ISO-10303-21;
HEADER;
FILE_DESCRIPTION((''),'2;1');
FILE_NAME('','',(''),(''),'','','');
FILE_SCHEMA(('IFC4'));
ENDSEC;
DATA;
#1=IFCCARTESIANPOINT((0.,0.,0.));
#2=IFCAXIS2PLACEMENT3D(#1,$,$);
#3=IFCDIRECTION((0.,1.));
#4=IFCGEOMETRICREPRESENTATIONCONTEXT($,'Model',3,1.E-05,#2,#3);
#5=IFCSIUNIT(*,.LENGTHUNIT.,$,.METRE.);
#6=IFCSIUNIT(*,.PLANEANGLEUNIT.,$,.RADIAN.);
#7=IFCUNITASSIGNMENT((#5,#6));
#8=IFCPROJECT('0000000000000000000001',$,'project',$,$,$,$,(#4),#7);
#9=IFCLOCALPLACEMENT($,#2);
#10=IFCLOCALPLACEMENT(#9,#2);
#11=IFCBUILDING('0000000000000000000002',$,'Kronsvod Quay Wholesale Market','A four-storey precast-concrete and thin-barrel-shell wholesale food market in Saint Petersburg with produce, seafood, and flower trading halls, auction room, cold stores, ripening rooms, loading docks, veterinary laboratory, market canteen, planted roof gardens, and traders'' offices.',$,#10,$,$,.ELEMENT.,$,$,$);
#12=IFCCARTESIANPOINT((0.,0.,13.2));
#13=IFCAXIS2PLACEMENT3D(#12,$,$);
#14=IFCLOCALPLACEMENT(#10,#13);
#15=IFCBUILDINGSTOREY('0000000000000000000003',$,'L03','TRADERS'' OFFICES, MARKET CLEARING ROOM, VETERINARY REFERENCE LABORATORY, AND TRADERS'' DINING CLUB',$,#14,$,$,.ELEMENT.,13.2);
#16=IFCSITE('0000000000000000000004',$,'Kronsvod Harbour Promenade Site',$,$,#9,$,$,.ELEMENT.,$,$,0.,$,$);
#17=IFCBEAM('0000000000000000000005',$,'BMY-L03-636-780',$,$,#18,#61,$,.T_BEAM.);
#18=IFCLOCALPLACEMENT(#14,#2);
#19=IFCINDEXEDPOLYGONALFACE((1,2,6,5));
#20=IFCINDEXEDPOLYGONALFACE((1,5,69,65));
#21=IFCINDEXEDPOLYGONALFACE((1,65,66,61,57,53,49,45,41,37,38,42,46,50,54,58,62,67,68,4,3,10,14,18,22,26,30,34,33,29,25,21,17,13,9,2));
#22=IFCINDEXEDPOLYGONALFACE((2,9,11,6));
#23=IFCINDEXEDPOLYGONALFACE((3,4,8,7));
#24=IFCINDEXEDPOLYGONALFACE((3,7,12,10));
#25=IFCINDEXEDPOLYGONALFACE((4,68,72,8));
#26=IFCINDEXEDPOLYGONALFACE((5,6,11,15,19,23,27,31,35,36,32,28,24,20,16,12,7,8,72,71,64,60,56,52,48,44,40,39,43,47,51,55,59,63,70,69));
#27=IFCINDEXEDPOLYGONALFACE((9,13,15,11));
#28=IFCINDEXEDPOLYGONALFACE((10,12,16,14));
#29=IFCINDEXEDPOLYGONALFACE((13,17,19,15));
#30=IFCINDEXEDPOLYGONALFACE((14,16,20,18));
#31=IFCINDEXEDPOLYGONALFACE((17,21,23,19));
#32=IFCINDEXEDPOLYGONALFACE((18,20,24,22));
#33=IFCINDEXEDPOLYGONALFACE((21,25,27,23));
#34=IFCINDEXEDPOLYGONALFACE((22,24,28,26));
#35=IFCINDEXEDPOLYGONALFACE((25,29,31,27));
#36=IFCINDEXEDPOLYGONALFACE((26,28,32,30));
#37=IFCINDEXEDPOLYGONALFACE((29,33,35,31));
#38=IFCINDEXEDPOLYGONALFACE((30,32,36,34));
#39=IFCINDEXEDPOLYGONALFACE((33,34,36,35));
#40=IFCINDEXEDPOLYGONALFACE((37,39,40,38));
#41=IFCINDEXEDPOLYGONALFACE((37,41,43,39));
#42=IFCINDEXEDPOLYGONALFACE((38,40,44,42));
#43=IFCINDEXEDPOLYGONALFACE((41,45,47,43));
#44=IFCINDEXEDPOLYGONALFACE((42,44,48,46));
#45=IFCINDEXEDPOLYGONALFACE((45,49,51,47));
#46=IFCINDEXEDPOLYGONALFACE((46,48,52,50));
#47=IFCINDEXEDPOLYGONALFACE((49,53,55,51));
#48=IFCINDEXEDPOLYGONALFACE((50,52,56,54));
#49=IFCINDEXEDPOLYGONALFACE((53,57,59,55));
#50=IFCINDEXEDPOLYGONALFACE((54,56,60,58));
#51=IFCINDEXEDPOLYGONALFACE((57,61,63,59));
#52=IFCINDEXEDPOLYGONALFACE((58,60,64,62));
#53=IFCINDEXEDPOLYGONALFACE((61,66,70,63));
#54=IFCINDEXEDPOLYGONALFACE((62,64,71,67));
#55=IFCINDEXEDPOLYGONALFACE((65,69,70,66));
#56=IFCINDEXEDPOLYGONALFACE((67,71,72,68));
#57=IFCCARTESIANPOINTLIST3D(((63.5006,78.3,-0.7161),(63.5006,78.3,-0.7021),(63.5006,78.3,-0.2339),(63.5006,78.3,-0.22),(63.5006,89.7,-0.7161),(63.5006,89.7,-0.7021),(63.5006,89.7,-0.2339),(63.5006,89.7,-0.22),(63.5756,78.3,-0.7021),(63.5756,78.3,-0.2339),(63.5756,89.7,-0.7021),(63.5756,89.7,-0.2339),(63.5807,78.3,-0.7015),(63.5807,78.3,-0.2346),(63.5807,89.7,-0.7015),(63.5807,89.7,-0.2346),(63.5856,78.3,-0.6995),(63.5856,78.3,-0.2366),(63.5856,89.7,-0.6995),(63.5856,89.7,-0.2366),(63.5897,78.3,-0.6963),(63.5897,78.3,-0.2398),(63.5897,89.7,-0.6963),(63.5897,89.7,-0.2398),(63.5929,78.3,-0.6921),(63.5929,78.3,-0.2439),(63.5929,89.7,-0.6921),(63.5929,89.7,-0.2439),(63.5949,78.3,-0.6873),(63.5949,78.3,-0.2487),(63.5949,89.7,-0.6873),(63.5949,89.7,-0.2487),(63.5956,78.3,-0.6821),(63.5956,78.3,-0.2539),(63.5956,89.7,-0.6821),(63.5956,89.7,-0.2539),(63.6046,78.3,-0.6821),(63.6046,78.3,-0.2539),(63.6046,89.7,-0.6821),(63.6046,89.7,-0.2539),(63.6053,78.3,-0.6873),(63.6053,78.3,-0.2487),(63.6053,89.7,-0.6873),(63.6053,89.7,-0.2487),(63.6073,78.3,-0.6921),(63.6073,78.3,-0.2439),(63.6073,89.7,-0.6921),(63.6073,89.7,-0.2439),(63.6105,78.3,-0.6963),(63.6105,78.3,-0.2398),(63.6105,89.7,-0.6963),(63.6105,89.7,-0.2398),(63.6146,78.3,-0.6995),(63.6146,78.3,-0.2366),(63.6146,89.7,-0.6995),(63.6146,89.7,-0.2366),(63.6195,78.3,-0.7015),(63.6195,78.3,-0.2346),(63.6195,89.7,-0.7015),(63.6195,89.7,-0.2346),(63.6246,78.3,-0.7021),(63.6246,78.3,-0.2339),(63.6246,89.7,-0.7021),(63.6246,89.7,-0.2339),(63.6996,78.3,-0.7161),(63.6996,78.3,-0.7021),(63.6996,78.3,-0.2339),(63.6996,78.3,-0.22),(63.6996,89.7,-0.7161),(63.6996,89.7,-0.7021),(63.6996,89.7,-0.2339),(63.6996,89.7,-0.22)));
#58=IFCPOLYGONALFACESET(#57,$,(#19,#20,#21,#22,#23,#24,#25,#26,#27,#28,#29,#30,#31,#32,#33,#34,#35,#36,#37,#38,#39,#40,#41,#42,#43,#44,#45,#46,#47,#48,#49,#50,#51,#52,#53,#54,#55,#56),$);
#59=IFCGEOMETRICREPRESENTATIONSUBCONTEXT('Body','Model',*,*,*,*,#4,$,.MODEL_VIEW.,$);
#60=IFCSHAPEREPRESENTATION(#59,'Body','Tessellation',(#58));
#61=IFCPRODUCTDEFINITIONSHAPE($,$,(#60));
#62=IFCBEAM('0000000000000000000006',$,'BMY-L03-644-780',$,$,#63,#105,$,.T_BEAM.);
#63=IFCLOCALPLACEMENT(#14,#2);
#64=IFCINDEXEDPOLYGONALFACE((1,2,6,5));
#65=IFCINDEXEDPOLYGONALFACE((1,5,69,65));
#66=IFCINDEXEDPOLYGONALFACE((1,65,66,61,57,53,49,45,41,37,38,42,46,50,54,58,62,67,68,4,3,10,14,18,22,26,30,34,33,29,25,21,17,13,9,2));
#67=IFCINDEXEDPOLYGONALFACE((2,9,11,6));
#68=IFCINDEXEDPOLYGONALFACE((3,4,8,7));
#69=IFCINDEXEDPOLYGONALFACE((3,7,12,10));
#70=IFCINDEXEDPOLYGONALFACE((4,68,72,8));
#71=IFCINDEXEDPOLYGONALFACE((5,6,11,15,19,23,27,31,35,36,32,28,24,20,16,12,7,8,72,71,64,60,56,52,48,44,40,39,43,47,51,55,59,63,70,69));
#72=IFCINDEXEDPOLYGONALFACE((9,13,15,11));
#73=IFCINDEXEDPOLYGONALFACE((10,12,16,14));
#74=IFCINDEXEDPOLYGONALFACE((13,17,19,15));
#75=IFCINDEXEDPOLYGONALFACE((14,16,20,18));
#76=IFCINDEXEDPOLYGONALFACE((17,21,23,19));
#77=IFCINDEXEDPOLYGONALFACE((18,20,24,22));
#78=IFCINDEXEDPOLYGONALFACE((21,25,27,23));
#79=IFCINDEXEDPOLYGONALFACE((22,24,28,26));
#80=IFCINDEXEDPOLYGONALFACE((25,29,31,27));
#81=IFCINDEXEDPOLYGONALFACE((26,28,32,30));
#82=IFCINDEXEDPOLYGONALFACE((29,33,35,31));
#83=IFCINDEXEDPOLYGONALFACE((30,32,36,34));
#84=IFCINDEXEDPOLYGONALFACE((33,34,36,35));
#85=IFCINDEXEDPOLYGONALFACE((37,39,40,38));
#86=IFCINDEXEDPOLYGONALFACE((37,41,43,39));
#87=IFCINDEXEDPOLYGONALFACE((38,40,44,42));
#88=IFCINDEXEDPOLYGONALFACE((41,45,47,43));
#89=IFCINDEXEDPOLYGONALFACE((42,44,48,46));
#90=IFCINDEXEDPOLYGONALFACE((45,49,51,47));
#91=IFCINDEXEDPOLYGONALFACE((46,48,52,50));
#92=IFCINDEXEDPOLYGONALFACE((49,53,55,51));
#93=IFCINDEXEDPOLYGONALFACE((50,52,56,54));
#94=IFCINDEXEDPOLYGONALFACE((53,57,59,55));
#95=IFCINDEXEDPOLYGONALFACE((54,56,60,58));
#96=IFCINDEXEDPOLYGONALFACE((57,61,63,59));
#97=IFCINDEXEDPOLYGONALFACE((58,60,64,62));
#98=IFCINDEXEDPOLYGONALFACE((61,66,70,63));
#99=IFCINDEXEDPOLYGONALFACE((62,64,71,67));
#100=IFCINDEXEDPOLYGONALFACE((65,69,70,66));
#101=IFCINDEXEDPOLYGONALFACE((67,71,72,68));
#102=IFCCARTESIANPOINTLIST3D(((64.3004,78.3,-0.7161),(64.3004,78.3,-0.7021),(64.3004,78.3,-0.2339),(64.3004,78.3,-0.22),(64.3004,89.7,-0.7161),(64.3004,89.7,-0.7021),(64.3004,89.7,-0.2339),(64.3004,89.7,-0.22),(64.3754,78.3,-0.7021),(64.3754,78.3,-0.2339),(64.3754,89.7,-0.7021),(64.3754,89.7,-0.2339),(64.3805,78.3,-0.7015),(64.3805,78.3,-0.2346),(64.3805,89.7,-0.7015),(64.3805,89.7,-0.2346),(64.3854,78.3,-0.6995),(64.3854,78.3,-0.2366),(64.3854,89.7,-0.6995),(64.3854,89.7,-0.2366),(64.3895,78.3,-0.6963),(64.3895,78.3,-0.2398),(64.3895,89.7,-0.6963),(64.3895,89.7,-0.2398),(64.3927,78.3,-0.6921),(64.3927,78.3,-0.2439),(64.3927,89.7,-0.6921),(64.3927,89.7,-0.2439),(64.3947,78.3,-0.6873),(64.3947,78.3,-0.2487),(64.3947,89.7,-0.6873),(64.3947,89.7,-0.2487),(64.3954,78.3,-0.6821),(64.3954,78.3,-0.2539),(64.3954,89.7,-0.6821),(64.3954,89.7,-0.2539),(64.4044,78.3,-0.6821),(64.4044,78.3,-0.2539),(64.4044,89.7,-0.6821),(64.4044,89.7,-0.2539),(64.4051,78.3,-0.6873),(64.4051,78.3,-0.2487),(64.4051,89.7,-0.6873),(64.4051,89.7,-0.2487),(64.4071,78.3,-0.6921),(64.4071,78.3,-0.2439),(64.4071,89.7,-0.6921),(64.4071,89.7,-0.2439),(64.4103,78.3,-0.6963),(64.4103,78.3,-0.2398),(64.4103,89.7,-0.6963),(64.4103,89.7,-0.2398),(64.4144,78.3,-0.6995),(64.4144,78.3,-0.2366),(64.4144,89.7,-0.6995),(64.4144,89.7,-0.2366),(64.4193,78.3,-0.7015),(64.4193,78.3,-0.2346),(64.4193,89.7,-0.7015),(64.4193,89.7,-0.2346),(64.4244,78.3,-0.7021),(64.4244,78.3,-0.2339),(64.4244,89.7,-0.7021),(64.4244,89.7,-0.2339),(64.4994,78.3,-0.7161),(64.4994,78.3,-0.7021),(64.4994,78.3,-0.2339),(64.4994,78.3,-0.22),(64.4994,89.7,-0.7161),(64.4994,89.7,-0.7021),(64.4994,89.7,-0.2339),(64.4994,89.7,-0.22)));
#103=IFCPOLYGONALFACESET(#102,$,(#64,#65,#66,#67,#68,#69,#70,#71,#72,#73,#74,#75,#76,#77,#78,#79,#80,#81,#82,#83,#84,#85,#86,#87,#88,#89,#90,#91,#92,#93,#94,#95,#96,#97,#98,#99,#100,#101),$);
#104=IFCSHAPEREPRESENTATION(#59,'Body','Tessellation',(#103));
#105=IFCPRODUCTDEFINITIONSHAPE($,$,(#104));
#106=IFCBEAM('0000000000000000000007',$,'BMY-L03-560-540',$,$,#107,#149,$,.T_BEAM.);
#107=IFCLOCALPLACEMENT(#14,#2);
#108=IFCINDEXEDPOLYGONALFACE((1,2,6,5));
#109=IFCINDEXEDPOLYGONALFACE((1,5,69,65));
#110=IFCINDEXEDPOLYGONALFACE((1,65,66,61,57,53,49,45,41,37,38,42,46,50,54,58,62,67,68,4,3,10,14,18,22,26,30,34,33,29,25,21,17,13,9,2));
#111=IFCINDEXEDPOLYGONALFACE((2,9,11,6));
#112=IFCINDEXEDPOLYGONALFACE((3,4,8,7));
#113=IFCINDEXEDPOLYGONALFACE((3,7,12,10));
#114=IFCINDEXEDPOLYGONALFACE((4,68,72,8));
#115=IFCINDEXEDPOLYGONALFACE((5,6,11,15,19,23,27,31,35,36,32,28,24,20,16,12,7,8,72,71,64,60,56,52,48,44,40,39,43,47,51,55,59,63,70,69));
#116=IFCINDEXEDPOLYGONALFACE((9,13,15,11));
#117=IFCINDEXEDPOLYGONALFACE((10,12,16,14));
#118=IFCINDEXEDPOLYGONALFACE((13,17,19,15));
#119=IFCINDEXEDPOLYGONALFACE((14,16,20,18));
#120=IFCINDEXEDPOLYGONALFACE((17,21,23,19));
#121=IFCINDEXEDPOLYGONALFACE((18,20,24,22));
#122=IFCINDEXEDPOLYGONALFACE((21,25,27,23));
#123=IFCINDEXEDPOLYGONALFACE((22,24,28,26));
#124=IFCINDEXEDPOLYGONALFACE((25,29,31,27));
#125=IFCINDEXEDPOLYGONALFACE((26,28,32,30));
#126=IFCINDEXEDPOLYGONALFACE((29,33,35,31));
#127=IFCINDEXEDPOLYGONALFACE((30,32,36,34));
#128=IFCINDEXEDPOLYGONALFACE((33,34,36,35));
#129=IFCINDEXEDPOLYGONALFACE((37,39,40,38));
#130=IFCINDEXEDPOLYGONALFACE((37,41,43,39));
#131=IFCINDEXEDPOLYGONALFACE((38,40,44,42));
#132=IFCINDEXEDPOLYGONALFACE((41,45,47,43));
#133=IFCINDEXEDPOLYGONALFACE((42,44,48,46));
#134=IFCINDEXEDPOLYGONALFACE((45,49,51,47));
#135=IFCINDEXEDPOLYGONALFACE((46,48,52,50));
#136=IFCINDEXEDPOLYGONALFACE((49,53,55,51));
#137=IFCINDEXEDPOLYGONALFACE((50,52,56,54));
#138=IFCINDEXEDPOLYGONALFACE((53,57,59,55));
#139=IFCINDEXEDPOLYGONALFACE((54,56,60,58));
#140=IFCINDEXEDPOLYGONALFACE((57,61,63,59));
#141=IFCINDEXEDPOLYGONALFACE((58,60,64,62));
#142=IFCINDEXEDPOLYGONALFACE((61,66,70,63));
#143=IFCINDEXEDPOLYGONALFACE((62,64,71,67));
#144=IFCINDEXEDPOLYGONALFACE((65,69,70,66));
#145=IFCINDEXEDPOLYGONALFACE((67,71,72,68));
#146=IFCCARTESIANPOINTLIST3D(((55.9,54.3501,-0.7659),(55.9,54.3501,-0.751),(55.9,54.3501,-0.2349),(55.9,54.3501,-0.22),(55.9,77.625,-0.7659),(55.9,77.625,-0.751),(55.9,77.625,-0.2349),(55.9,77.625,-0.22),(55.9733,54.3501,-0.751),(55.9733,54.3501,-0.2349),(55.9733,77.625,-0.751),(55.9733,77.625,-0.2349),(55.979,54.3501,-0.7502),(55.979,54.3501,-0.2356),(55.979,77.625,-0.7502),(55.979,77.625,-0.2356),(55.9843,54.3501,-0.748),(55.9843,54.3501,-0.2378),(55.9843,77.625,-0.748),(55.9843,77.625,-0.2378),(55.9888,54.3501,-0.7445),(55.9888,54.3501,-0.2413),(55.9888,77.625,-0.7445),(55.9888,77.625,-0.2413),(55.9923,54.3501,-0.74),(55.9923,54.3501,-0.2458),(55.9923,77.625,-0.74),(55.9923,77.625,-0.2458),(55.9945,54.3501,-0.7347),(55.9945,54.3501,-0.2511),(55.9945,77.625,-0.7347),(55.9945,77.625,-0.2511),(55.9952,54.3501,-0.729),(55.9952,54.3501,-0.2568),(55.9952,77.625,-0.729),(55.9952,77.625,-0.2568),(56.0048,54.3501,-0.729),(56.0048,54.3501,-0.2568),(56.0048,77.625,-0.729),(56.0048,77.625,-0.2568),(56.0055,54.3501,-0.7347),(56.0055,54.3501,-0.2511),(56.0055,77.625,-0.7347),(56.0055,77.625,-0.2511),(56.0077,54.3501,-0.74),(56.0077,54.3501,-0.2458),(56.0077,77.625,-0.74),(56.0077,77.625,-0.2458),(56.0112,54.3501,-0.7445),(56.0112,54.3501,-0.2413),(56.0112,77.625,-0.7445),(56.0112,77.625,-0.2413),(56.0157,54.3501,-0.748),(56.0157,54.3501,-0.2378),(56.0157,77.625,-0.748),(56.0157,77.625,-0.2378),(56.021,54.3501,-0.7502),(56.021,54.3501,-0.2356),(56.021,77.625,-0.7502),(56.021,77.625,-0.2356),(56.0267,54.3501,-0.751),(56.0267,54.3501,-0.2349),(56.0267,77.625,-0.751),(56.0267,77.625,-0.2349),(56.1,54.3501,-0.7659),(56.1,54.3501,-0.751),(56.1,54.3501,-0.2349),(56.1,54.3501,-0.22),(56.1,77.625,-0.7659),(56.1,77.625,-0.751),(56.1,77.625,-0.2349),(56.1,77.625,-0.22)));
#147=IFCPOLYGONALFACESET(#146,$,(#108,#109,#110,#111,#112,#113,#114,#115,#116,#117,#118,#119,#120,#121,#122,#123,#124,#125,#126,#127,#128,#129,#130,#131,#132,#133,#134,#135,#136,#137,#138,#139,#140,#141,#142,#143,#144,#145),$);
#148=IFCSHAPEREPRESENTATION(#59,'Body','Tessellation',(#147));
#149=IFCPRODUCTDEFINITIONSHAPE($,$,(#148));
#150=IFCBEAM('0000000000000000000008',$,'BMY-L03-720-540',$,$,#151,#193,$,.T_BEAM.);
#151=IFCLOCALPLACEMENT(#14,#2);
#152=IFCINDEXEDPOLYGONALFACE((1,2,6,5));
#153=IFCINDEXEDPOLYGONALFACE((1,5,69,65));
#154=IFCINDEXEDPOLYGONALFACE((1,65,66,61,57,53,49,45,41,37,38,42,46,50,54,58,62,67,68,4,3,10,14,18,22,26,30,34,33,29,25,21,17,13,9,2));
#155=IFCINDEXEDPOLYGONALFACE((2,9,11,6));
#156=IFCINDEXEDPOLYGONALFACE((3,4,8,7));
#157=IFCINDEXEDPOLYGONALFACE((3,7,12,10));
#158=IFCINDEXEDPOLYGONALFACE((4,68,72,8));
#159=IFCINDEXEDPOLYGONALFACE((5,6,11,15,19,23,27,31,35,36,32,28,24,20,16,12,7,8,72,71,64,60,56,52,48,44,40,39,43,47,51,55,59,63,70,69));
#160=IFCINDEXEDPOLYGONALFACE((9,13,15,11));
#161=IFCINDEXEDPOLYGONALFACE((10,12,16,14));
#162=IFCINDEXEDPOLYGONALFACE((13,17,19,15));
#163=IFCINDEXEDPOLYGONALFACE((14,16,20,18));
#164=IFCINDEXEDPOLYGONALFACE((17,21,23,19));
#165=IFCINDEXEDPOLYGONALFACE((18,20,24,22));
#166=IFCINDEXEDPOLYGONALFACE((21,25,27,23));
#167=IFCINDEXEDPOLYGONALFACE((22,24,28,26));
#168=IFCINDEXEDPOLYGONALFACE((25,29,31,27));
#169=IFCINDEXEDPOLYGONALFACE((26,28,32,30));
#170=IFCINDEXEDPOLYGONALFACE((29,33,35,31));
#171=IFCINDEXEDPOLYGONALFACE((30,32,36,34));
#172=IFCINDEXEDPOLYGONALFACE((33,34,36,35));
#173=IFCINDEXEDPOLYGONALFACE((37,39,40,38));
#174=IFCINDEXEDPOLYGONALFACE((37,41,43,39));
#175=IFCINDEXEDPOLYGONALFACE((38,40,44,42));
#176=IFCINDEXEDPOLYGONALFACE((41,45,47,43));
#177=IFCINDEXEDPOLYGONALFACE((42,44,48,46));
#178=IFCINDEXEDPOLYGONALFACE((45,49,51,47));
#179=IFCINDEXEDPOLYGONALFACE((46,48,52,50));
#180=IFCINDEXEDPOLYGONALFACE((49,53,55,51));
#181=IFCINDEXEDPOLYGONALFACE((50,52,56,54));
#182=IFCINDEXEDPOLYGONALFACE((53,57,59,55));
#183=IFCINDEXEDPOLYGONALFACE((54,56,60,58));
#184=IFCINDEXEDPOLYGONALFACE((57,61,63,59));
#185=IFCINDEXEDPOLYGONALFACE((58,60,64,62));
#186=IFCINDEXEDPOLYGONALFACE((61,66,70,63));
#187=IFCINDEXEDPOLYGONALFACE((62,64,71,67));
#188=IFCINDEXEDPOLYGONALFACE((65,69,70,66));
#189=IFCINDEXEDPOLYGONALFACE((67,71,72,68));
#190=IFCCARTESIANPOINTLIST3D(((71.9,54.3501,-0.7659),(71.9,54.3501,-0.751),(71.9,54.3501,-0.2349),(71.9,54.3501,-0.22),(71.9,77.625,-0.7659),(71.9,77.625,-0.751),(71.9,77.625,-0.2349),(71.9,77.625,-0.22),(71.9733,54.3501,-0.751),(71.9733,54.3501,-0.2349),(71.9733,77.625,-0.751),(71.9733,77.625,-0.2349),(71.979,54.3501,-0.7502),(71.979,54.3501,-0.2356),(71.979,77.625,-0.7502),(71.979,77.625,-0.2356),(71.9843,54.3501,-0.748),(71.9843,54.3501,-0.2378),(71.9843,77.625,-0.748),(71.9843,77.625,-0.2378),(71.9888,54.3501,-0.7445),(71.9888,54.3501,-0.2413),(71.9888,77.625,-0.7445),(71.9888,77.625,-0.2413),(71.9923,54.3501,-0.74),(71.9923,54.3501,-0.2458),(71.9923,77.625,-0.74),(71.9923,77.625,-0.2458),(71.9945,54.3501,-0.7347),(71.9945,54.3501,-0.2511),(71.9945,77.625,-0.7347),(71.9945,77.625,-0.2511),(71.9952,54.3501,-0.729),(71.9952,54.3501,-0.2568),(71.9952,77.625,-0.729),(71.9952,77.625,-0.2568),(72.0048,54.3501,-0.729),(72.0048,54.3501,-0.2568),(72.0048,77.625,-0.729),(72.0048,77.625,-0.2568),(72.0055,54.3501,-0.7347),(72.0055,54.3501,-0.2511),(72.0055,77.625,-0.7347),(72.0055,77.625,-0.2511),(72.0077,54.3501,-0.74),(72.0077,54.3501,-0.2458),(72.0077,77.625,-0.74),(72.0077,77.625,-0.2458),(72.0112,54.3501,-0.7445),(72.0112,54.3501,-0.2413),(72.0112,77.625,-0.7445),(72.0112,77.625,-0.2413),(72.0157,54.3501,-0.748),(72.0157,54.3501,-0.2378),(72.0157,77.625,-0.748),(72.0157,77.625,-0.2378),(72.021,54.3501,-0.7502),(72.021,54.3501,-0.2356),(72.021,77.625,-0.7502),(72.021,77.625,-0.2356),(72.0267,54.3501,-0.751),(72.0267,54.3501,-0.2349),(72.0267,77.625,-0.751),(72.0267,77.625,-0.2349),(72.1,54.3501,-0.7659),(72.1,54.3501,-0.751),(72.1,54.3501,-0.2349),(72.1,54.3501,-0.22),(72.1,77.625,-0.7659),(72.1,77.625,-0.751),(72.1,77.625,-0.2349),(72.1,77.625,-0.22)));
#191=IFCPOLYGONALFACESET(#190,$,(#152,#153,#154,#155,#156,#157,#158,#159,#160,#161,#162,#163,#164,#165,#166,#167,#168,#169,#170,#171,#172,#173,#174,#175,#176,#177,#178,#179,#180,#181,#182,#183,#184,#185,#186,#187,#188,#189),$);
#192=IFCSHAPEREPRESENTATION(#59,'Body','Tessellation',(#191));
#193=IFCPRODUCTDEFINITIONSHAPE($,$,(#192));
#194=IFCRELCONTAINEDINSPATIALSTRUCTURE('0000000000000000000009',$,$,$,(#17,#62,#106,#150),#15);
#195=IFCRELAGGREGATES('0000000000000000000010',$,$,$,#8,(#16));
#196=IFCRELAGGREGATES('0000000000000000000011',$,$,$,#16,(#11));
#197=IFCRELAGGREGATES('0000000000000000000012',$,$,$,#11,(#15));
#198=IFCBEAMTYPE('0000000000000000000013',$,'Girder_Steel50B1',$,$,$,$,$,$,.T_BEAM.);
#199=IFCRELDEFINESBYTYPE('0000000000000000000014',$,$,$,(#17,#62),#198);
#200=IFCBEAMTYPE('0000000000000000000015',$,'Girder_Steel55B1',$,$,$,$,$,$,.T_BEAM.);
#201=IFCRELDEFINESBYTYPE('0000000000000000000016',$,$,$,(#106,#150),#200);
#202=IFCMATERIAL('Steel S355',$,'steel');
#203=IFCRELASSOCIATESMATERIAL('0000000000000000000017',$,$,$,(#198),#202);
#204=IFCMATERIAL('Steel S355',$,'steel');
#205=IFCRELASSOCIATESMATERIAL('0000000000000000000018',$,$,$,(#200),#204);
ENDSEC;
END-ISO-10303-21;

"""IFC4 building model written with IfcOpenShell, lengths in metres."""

from ifc_helpers import new_model, si_unit, direction, frame, origin, origin_2d, place, context, subcontext, project, spatial, i_section, extrude, material, material_profile, profile_set, type_object, element, save


model = new_model("IFC4")

# Units and contexts
model_context = context("Model", 3, precision=1e-05, world=origin(), true_north=direction((0.0, 1.0)))
body_context = subcontext(model_context, "Body", "Model", "MODEL_VIEW")
ifc_project = project(units=[si_unit("LENGTHUNIT", "METRE"), si_unit("PLANEANGLEUNIT", "RADIAN")], contexts=[model_context])

# Site, building, storey
site_placement = place(None, origin())
site = spatial("IfcSite", under=ifc_project, at=site_placement, Name="Kronsvod Harbour Promenade Site", CompositionType="ELEMENT", RefElevation=0.0)
building_placement = place(site_placement, origin())
building = spatial("IfcBuilding", under=site, at=building_placement, Name="Kronsvod Quay Wholesale Market", Description="A four-storey precast-concrete and thin-barrel-shell wholesale food market in Saint Petersburg with produce, seafood, and flower trading halls, auction room, cold stores, ripening rooms, loading docks, veterinary laboratory, market canteen, planted roof gardens, and traders' offices.", CompositionType="ELEMENT")
storey_placement = place(building_placement, frame((0.0, 0.0, 13.2)))
storey = spatial("IfcBuildingStorey", under=building, at=storey_placement, Name="L03", Description="TRADERS' OFFICES, MARKET CLEARING ROOM, VETERINARY REFERENCE LABORATORY, AND TRADERS' DINING CLUB", CompositionType="ELEMENT", Elevation=13.2)

# Beams
ifc_material_1 = material(Name="Steel S355", Category="steel")
ifc_material_profile_1 = material_profile(ifc_material_1, i_section(OverallWidth=0.199, OverallDepth=0.4961, WebThickness=0.009, FlangeThickness=0.0139, FilletRadius=0.02, at=origin_2d()), Name="50B1")
ifc_profile_set_1 = profile_set([ifc_material_profile_1], Name="Steel S355")
beam_type_1 = type_object("IfcBeamType", Name="Girder_Steel50B1", PredefinedType="T_BEAM", material=ifc_profile_set_1)
for number, where, z_axis, x_axis, name in (
    (1, (63.6001, 78.3, -0.468), (0.0, 1.0, 0.0), (-1.0, 0.0, 0.0), "BMY-L03-636-780"),
    (2, (64.3999, 78.3, -0.468), (0.0, 1.0, 0.0), (-1.0, 0.0, 0.0), "BMY-L03-644-780"),
):
    element("IfcBeam", number, at=place(storey_placement, frame(where, z_axis=z_axis, x_axis=x_axis)), inside=storey, type_object=beam_type_1, Name=name, PredefinedType="T_BEAM", context=body_context, shape_type="SweptSolid", body=[
        extrude(i_section(OverallWidth=0.199, OverallDepth=0.4961, WebThickness=0.009, FlangeThickness=0.0139, FilletRadius=0.02, at=origin_2d()), origin(), (0.0, 0.0, 1.0), 11.3999),
    ])
ifc_material_2 = material(Name="Steel S355", Category="steel")
ifc_material_profile_2 = material_profile(ifc_material_2, i_section(OverallWidth=0.2, OverallDepth=0.5459, WebThickness=0.0095, FlangeThickness=0.0149, FilletRadius=0.022, at=origin_2d()), Name="55B1")
ifc_profile_set_2 = profile_set([ifc_material_profile_2], Name="Steel S355")
beam_type_2 = type_object("IfcBeamType", Name="Girder_Steel55B1", PredefinedType="T_BEAM", material=ifc_profile_set_2)
for number, where, z_axis, x_axis, name in (
    (3, (56.0, 54.3501, -0.4929), (0.0, 1.0, 0.0), (-1.0, 0.0, 0.0), "BMY-L03-560-540"),
    (4, (72.0, 54.3501, -0.4929), (0.0, 1.0, 0.0), (-1.0, 0.0, 0.0), "BMY-L03-720-540"),
):
    element("IfcBeam", number, at=place(storey_placement, frame(where, z_axis=z_axis, x_axis=x_axis)), inside=storey, type_object=beam_type_2, Name=name, PredefinedType="T_BEAM", context=body_context, shape_type="SweptSolid", body=[
        extrude(i_section(OverallWidth=0.2, OverallDepth=0.5459, WebThickness=0.0095, FlangeThickness=0.0149, FilletRadius=0.022, at=origin_2d()), origin(), (0.0, 0.0, 1.0), 23.2749),
    ])

save(model, "model.ifc")
